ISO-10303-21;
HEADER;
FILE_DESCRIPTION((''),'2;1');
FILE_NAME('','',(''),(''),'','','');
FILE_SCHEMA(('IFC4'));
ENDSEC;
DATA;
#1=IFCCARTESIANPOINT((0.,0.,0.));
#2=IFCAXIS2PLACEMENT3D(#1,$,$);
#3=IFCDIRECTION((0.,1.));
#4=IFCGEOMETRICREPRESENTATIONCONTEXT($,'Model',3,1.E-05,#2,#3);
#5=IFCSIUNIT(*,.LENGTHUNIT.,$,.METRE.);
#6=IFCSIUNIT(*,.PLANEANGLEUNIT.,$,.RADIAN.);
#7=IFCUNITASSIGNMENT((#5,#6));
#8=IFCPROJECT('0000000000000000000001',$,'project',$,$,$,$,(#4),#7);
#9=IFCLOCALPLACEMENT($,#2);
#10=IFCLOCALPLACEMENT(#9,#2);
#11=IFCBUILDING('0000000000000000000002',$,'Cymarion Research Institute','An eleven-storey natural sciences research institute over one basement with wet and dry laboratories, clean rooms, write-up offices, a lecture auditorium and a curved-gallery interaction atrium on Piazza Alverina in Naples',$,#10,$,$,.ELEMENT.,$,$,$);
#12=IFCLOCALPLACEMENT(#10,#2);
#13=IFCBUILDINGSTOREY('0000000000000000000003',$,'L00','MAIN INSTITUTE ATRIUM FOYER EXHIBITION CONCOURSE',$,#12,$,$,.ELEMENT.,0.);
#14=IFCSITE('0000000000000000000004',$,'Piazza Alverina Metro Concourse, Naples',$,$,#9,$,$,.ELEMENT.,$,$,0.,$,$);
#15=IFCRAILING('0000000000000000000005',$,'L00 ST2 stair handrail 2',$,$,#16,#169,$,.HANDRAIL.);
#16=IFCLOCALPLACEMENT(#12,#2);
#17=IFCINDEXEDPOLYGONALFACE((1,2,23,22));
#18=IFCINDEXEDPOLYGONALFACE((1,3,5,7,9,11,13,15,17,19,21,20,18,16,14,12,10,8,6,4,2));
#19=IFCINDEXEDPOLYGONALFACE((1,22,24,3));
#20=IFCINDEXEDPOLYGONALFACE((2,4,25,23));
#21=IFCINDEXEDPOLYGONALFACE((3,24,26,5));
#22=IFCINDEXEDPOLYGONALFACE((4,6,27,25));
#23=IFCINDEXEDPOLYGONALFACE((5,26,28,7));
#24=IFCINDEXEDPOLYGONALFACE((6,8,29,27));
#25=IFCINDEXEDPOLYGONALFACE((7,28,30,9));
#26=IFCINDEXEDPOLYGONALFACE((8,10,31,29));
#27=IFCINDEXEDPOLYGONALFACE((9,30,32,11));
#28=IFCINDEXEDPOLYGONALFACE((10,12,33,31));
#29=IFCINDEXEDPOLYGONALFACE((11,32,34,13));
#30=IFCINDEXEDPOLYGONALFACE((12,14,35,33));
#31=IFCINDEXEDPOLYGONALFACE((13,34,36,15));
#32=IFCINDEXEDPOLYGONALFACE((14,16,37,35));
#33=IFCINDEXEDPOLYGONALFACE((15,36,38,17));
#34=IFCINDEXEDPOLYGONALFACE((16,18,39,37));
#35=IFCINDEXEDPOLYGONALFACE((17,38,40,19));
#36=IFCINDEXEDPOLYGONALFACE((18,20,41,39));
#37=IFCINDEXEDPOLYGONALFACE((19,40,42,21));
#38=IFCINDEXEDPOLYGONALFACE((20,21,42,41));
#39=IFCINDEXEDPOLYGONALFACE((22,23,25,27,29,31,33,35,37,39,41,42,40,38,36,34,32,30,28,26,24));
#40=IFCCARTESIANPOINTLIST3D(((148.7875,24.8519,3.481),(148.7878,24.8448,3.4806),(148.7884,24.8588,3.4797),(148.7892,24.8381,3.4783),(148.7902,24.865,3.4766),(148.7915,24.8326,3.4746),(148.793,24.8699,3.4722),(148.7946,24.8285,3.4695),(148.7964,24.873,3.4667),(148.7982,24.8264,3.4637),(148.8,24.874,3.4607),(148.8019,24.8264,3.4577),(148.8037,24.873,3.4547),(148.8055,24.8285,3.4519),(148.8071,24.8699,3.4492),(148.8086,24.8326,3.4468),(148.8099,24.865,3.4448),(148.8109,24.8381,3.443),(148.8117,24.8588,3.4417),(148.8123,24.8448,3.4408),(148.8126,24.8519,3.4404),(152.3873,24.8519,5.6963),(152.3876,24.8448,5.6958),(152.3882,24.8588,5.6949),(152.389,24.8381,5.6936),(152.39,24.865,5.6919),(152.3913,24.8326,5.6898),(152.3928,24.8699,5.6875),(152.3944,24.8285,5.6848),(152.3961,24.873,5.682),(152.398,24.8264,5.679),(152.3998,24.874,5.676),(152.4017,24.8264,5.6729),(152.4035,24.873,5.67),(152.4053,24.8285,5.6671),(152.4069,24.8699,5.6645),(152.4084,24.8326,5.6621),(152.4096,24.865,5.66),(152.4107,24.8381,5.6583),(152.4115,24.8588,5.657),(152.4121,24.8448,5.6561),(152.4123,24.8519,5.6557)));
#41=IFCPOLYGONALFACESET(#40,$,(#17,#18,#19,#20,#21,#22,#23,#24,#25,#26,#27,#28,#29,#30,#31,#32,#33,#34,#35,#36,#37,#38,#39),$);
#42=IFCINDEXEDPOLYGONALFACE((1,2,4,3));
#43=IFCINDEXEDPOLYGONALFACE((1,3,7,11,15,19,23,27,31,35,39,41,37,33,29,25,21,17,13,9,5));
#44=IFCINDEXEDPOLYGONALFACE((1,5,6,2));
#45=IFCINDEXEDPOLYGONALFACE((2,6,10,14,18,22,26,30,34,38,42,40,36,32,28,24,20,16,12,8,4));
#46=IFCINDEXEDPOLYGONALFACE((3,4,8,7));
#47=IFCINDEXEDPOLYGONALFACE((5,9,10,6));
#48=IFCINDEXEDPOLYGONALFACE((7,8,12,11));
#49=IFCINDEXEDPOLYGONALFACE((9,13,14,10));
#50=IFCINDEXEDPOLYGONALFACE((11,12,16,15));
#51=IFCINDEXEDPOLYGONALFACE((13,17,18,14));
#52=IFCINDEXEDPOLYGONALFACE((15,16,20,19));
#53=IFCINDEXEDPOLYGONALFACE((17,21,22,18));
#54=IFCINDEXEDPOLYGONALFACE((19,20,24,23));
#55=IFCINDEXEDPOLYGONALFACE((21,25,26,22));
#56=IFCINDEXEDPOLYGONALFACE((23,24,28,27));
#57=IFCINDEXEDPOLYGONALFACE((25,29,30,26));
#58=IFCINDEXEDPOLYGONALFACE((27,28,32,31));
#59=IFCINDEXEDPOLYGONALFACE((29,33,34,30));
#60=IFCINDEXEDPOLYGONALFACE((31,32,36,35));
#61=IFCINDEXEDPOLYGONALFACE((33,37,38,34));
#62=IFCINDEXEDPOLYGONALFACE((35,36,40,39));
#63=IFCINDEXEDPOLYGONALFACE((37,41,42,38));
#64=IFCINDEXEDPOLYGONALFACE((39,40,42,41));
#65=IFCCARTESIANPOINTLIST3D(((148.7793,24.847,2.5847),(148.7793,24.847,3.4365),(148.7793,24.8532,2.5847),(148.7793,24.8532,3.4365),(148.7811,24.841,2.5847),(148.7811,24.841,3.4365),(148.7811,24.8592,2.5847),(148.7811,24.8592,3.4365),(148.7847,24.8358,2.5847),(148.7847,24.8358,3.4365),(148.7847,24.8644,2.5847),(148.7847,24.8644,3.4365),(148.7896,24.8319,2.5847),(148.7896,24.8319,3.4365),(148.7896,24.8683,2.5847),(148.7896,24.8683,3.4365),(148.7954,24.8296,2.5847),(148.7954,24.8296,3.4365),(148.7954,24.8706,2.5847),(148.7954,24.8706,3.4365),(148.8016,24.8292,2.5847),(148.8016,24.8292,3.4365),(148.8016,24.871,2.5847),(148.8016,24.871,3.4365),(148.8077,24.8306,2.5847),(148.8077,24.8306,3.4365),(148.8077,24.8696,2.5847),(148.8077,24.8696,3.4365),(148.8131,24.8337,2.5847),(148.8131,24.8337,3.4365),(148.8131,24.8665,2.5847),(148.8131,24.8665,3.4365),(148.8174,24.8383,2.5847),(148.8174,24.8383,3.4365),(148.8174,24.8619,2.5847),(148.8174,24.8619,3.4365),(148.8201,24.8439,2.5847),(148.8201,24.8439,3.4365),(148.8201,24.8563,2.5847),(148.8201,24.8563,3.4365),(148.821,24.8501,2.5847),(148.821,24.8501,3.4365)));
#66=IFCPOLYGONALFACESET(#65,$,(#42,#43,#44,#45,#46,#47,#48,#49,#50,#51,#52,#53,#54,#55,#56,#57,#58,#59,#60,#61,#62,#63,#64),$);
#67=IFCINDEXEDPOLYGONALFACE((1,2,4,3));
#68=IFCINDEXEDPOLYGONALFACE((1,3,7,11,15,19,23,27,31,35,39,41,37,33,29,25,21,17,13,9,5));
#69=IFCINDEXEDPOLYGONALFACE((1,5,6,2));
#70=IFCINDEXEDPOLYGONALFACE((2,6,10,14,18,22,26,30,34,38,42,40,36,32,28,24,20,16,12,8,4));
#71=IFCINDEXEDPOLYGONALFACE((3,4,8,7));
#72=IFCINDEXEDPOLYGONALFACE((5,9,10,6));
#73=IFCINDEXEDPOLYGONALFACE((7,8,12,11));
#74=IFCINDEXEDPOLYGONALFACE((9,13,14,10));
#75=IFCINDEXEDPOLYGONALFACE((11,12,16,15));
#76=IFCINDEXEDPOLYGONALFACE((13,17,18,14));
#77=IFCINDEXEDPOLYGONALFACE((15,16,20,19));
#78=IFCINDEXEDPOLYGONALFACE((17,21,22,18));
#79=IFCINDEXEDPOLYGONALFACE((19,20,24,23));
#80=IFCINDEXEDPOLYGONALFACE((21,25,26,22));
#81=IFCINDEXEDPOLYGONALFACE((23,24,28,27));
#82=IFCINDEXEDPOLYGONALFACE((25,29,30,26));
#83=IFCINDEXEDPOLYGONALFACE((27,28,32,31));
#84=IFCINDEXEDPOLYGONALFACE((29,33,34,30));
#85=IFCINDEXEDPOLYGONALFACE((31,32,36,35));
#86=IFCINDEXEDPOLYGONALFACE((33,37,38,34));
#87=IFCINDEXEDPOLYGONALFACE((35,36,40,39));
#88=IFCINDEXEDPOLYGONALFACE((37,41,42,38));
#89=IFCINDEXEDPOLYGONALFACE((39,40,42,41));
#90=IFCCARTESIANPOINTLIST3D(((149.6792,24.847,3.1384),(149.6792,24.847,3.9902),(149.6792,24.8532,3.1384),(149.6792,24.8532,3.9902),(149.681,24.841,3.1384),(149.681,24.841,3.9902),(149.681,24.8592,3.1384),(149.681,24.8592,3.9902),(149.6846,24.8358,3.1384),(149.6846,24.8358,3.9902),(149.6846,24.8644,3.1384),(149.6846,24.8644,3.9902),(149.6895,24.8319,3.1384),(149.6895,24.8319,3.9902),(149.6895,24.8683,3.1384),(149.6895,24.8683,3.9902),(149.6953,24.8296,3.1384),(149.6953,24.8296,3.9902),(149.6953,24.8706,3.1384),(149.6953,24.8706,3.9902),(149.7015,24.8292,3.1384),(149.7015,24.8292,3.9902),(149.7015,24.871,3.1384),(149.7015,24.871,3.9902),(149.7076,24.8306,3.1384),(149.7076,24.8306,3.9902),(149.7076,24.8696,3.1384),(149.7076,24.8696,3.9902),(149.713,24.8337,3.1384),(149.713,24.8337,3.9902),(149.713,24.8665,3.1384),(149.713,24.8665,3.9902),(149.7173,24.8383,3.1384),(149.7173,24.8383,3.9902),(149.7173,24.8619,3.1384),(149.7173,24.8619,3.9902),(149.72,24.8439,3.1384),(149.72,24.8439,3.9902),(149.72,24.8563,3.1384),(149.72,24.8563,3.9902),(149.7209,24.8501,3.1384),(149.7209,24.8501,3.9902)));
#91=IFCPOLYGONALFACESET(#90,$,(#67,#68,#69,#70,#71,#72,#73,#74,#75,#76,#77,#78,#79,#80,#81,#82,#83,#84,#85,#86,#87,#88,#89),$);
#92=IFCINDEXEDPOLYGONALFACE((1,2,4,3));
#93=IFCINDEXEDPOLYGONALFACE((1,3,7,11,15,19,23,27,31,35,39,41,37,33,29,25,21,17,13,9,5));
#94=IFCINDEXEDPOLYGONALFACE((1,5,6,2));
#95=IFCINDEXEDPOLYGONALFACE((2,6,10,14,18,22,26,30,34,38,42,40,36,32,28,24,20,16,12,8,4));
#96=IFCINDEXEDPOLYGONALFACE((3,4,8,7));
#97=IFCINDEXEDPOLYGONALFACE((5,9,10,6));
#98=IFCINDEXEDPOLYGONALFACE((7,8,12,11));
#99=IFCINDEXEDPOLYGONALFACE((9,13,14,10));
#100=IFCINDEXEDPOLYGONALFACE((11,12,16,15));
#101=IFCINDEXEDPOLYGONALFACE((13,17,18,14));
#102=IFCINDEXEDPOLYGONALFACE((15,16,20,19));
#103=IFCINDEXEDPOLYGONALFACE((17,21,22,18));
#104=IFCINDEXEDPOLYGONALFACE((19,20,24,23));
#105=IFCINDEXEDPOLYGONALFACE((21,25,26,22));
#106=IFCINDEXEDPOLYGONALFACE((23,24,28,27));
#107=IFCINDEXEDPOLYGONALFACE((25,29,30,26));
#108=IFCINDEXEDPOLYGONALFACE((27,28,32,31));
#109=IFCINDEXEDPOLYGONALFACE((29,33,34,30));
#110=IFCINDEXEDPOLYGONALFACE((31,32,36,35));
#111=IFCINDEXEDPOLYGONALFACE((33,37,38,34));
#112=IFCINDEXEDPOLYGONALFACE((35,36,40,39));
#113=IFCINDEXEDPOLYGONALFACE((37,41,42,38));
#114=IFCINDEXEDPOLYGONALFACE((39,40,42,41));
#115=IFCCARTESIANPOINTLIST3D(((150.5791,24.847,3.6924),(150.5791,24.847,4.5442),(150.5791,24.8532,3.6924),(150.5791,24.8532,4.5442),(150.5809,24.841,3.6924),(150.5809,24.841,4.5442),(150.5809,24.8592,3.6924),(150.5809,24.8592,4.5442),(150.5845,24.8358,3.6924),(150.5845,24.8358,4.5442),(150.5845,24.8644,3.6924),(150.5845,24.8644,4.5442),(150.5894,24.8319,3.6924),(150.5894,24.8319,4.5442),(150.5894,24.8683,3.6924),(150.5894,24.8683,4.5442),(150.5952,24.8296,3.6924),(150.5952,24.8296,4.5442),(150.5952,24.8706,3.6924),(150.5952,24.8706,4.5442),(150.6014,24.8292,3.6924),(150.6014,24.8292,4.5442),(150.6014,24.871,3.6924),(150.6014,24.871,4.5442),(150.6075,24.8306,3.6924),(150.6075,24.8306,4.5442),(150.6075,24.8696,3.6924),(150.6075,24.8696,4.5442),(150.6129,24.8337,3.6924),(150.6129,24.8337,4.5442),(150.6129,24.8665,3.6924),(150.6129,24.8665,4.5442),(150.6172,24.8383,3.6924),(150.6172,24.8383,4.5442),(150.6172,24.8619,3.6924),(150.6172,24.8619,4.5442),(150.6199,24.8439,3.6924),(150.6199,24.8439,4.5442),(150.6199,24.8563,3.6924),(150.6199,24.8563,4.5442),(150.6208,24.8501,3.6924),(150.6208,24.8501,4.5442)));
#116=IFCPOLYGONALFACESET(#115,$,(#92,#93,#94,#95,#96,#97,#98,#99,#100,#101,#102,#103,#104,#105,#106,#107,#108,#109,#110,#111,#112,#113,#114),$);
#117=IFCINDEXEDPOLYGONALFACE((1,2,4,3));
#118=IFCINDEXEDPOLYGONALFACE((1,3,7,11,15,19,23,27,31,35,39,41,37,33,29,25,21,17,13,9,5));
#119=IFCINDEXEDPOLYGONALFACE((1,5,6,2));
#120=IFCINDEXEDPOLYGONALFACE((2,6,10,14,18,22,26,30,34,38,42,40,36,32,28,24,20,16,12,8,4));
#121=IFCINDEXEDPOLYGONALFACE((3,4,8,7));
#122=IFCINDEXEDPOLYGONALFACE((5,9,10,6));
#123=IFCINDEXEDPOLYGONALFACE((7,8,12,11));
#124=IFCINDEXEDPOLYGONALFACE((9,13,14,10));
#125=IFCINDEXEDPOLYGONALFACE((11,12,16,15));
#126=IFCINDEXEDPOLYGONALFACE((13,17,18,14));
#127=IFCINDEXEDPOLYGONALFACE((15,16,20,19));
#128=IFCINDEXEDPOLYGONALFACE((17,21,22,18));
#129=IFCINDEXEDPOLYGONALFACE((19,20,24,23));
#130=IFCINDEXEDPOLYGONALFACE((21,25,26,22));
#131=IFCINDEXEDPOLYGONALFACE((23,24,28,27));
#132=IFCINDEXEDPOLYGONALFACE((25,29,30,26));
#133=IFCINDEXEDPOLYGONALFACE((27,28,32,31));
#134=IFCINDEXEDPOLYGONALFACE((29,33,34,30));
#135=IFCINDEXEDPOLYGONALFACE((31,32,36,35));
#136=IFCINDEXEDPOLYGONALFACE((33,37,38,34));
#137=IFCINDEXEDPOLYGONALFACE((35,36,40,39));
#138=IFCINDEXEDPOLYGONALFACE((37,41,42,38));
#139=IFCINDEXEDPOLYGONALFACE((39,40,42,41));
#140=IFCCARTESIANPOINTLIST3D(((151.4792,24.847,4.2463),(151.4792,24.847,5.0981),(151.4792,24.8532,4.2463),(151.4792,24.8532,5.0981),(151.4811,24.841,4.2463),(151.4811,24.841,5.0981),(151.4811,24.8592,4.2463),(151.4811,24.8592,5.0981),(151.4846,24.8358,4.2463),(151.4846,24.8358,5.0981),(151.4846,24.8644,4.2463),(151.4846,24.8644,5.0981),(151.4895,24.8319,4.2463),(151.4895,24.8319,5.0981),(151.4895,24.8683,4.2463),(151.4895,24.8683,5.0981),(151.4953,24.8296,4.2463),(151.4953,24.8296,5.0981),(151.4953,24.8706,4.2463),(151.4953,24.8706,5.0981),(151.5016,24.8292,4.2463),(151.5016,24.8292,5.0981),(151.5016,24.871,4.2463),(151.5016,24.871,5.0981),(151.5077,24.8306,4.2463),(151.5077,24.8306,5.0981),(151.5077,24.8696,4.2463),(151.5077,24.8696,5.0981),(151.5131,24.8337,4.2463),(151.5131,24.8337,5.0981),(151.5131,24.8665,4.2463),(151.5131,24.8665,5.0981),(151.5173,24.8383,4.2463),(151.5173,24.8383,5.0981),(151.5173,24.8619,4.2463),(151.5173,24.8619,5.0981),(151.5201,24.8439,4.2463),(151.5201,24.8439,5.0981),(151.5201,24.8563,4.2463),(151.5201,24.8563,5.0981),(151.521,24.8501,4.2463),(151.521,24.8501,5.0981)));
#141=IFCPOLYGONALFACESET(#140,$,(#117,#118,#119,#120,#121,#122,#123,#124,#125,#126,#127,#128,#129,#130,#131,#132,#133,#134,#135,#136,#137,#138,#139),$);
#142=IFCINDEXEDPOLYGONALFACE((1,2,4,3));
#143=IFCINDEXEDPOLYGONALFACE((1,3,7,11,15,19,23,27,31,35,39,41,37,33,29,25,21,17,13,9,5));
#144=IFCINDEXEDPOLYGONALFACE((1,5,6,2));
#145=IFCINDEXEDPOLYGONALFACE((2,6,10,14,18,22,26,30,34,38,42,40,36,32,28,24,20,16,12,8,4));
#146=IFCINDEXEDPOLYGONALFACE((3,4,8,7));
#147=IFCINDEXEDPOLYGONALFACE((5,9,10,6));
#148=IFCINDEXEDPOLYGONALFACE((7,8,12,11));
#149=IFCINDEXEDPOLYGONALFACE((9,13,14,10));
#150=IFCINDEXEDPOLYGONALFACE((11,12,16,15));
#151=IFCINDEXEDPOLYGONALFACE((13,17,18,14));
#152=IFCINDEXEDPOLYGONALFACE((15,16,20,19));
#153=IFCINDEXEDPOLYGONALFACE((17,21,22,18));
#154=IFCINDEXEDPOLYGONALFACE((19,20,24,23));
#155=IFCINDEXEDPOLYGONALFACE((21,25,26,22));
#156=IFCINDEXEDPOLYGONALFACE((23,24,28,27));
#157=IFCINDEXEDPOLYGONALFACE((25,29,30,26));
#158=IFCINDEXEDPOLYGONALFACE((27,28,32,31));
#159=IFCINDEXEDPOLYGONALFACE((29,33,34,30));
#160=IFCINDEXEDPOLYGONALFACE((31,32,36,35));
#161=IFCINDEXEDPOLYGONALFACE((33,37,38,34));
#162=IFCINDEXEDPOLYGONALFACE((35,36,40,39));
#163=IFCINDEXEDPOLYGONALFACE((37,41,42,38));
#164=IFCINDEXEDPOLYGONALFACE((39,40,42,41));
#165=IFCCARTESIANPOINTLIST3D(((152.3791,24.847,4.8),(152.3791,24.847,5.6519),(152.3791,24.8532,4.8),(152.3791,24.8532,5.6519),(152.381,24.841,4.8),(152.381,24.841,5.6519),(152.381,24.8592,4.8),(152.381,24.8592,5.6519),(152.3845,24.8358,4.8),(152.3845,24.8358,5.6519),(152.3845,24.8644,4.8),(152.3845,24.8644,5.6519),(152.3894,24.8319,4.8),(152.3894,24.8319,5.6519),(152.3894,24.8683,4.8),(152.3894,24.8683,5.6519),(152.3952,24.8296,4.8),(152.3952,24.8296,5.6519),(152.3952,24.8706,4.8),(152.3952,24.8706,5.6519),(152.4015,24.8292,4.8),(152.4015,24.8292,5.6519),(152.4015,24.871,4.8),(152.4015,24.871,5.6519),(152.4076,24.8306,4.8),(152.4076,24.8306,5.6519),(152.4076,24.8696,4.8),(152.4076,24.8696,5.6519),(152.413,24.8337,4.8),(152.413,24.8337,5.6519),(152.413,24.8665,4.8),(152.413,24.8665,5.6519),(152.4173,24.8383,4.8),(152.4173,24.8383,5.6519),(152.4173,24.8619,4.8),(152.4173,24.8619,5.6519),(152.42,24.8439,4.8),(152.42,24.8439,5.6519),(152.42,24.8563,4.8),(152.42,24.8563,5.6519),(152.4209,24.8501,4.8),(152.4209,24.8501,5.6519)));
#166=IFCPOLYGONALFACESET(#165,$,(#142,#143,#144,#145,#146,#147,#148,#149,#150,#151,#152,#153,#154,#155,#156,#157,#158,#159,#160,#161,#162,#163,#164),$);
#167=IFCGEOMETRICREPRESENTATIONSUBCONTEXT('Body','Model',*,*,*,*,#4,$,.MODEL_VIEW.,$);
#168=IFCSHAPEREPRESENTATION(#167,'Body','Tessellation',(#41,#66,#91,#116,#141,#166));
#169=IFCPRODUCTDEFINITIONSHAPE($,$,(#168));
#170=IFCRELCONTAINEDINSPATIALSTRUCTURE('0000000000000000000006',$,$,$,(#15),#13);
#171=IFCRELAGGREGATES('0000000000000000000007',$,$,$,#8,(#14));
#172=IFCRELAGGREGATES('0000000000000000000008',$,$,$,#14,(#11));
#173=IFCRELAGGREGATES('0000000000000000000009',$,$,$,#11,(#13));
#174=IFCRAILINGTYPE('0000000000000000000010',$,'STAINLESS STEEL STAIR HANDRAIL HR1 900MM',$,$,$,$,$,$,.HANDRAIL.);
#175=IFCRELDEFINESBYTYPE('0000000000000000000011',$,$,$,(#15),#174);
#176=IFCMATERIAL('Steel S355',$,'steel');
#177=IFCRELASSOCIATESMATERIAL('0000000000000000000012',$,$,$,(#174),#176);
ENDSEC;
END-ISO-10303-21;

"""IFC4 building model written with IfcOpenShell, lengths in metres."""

from ifc_helpers import new_model, si_unit, direction, frame, origin, origin_2d, place, context, subcontext, project, spatial, circle, extrude, material, type_object, element, save


model = new_model("IFC4")

# Units and contexts
model_context = context("Model", 3, precision=1e-05, world=origin(), true_north=direction((0.0, 1.0)))
body_context = subcontext(model_context, "Body", "Model", "MODEL_VIEW")
ifc_project = project(units=[si_unit("LENGTHUNIT", "METRE"), si_unit("PLANEANGLEUNIT", "RADIAN")], contexts=[model_context])

# Site, building, storey
site_placement = place(None, origin())
site = spatial("IfcSite", under=ifc_project, at=site_placement, Name="Piazza Alverina Metro Concourse, Naples", CompositionType="ELEMENT", RefElevation=0.0)
building_placement = place(site_placement, origin())
building = spatial("IfcBuilding", under=site, at=building_placement, Name="Cymarion Research Institute", Description="An eleven-storey natural sciences research institute over one basement with wet and dry laboratories, clean rooms, write-up offices, a lecture auditorium and a curved-gallery interaction atrium on Piazza Alverina in Naples", CompositionType="ELEMENT")
storey_placement = place(building_placement, origin())
storey = spatial("IfcBuildingStorey", under=building, at=storey_placement, Name="L00", Description="MAIN INSTITUTE ATRIUM FOYER EXHIBITION CONCOURSE", CompositionType="ELEMENT", Elevation=0.0)

# Shared definitions
ifc_material_1 = material(Name="Steel S355", Category="steel")

# Railing
railing_type_1 = type_object("IfcRailingType", Name="STAINLESS STEEL STAIR HANDRAIL HR1 900MM", PredefinedType="HANDRAIL", material=ifc_material_1)
railing_1_placement = place(storey_placement, frame((148.8, 24.8501, 2.5847)))
element("IfcRailing", 1, at=railing_1_placement, inside=storey, type_object=railing_type_1, Name="L00 ST2 stair handrail 2", PredefinedType="HANDRAIL", context=body_context, shape_type="SweptSolid", body=[
    extrude(circle(Radius=0.0239, at=origin_2d()), frame((0.0, 0.0, 0.876), z_axis=(0.851654, 0.0, 0.524104), x_axis=(0.0, 1.0, 0.0)), (0.0, 0.0, 1.0), 4.2268),
    extrude(circle(Radius=0.021, at=origin_2d()), origin(), (0.0, 0.0, 1.0), 0.8518),
    extrude(circle(Radius=0.021, at=origin_2d()), frame((0.8999, 0.0, 0.5537)), (0.0, 0.0, 1.0), 0.8518),
    extrude(circle(Radius=0.021, at=origin_2d()), frame((1.7998, 0.0, 1.1077)), (0.0, 0.0, 1.0), 0.8518),
    extrude(circle(Radius=0.021, at=origin_2d()), frame((2.7, 0.0, 1.6616)), (0.0, 0.0, 1.0), 0.8518),
    extrude(circle(Radius=0.021, at=origin_2d()), frame((3.5999, 0.0, 2.2153)), (0.0, 0.0, 1.0), 0.8518),
])

save(model, "model.ifc")
